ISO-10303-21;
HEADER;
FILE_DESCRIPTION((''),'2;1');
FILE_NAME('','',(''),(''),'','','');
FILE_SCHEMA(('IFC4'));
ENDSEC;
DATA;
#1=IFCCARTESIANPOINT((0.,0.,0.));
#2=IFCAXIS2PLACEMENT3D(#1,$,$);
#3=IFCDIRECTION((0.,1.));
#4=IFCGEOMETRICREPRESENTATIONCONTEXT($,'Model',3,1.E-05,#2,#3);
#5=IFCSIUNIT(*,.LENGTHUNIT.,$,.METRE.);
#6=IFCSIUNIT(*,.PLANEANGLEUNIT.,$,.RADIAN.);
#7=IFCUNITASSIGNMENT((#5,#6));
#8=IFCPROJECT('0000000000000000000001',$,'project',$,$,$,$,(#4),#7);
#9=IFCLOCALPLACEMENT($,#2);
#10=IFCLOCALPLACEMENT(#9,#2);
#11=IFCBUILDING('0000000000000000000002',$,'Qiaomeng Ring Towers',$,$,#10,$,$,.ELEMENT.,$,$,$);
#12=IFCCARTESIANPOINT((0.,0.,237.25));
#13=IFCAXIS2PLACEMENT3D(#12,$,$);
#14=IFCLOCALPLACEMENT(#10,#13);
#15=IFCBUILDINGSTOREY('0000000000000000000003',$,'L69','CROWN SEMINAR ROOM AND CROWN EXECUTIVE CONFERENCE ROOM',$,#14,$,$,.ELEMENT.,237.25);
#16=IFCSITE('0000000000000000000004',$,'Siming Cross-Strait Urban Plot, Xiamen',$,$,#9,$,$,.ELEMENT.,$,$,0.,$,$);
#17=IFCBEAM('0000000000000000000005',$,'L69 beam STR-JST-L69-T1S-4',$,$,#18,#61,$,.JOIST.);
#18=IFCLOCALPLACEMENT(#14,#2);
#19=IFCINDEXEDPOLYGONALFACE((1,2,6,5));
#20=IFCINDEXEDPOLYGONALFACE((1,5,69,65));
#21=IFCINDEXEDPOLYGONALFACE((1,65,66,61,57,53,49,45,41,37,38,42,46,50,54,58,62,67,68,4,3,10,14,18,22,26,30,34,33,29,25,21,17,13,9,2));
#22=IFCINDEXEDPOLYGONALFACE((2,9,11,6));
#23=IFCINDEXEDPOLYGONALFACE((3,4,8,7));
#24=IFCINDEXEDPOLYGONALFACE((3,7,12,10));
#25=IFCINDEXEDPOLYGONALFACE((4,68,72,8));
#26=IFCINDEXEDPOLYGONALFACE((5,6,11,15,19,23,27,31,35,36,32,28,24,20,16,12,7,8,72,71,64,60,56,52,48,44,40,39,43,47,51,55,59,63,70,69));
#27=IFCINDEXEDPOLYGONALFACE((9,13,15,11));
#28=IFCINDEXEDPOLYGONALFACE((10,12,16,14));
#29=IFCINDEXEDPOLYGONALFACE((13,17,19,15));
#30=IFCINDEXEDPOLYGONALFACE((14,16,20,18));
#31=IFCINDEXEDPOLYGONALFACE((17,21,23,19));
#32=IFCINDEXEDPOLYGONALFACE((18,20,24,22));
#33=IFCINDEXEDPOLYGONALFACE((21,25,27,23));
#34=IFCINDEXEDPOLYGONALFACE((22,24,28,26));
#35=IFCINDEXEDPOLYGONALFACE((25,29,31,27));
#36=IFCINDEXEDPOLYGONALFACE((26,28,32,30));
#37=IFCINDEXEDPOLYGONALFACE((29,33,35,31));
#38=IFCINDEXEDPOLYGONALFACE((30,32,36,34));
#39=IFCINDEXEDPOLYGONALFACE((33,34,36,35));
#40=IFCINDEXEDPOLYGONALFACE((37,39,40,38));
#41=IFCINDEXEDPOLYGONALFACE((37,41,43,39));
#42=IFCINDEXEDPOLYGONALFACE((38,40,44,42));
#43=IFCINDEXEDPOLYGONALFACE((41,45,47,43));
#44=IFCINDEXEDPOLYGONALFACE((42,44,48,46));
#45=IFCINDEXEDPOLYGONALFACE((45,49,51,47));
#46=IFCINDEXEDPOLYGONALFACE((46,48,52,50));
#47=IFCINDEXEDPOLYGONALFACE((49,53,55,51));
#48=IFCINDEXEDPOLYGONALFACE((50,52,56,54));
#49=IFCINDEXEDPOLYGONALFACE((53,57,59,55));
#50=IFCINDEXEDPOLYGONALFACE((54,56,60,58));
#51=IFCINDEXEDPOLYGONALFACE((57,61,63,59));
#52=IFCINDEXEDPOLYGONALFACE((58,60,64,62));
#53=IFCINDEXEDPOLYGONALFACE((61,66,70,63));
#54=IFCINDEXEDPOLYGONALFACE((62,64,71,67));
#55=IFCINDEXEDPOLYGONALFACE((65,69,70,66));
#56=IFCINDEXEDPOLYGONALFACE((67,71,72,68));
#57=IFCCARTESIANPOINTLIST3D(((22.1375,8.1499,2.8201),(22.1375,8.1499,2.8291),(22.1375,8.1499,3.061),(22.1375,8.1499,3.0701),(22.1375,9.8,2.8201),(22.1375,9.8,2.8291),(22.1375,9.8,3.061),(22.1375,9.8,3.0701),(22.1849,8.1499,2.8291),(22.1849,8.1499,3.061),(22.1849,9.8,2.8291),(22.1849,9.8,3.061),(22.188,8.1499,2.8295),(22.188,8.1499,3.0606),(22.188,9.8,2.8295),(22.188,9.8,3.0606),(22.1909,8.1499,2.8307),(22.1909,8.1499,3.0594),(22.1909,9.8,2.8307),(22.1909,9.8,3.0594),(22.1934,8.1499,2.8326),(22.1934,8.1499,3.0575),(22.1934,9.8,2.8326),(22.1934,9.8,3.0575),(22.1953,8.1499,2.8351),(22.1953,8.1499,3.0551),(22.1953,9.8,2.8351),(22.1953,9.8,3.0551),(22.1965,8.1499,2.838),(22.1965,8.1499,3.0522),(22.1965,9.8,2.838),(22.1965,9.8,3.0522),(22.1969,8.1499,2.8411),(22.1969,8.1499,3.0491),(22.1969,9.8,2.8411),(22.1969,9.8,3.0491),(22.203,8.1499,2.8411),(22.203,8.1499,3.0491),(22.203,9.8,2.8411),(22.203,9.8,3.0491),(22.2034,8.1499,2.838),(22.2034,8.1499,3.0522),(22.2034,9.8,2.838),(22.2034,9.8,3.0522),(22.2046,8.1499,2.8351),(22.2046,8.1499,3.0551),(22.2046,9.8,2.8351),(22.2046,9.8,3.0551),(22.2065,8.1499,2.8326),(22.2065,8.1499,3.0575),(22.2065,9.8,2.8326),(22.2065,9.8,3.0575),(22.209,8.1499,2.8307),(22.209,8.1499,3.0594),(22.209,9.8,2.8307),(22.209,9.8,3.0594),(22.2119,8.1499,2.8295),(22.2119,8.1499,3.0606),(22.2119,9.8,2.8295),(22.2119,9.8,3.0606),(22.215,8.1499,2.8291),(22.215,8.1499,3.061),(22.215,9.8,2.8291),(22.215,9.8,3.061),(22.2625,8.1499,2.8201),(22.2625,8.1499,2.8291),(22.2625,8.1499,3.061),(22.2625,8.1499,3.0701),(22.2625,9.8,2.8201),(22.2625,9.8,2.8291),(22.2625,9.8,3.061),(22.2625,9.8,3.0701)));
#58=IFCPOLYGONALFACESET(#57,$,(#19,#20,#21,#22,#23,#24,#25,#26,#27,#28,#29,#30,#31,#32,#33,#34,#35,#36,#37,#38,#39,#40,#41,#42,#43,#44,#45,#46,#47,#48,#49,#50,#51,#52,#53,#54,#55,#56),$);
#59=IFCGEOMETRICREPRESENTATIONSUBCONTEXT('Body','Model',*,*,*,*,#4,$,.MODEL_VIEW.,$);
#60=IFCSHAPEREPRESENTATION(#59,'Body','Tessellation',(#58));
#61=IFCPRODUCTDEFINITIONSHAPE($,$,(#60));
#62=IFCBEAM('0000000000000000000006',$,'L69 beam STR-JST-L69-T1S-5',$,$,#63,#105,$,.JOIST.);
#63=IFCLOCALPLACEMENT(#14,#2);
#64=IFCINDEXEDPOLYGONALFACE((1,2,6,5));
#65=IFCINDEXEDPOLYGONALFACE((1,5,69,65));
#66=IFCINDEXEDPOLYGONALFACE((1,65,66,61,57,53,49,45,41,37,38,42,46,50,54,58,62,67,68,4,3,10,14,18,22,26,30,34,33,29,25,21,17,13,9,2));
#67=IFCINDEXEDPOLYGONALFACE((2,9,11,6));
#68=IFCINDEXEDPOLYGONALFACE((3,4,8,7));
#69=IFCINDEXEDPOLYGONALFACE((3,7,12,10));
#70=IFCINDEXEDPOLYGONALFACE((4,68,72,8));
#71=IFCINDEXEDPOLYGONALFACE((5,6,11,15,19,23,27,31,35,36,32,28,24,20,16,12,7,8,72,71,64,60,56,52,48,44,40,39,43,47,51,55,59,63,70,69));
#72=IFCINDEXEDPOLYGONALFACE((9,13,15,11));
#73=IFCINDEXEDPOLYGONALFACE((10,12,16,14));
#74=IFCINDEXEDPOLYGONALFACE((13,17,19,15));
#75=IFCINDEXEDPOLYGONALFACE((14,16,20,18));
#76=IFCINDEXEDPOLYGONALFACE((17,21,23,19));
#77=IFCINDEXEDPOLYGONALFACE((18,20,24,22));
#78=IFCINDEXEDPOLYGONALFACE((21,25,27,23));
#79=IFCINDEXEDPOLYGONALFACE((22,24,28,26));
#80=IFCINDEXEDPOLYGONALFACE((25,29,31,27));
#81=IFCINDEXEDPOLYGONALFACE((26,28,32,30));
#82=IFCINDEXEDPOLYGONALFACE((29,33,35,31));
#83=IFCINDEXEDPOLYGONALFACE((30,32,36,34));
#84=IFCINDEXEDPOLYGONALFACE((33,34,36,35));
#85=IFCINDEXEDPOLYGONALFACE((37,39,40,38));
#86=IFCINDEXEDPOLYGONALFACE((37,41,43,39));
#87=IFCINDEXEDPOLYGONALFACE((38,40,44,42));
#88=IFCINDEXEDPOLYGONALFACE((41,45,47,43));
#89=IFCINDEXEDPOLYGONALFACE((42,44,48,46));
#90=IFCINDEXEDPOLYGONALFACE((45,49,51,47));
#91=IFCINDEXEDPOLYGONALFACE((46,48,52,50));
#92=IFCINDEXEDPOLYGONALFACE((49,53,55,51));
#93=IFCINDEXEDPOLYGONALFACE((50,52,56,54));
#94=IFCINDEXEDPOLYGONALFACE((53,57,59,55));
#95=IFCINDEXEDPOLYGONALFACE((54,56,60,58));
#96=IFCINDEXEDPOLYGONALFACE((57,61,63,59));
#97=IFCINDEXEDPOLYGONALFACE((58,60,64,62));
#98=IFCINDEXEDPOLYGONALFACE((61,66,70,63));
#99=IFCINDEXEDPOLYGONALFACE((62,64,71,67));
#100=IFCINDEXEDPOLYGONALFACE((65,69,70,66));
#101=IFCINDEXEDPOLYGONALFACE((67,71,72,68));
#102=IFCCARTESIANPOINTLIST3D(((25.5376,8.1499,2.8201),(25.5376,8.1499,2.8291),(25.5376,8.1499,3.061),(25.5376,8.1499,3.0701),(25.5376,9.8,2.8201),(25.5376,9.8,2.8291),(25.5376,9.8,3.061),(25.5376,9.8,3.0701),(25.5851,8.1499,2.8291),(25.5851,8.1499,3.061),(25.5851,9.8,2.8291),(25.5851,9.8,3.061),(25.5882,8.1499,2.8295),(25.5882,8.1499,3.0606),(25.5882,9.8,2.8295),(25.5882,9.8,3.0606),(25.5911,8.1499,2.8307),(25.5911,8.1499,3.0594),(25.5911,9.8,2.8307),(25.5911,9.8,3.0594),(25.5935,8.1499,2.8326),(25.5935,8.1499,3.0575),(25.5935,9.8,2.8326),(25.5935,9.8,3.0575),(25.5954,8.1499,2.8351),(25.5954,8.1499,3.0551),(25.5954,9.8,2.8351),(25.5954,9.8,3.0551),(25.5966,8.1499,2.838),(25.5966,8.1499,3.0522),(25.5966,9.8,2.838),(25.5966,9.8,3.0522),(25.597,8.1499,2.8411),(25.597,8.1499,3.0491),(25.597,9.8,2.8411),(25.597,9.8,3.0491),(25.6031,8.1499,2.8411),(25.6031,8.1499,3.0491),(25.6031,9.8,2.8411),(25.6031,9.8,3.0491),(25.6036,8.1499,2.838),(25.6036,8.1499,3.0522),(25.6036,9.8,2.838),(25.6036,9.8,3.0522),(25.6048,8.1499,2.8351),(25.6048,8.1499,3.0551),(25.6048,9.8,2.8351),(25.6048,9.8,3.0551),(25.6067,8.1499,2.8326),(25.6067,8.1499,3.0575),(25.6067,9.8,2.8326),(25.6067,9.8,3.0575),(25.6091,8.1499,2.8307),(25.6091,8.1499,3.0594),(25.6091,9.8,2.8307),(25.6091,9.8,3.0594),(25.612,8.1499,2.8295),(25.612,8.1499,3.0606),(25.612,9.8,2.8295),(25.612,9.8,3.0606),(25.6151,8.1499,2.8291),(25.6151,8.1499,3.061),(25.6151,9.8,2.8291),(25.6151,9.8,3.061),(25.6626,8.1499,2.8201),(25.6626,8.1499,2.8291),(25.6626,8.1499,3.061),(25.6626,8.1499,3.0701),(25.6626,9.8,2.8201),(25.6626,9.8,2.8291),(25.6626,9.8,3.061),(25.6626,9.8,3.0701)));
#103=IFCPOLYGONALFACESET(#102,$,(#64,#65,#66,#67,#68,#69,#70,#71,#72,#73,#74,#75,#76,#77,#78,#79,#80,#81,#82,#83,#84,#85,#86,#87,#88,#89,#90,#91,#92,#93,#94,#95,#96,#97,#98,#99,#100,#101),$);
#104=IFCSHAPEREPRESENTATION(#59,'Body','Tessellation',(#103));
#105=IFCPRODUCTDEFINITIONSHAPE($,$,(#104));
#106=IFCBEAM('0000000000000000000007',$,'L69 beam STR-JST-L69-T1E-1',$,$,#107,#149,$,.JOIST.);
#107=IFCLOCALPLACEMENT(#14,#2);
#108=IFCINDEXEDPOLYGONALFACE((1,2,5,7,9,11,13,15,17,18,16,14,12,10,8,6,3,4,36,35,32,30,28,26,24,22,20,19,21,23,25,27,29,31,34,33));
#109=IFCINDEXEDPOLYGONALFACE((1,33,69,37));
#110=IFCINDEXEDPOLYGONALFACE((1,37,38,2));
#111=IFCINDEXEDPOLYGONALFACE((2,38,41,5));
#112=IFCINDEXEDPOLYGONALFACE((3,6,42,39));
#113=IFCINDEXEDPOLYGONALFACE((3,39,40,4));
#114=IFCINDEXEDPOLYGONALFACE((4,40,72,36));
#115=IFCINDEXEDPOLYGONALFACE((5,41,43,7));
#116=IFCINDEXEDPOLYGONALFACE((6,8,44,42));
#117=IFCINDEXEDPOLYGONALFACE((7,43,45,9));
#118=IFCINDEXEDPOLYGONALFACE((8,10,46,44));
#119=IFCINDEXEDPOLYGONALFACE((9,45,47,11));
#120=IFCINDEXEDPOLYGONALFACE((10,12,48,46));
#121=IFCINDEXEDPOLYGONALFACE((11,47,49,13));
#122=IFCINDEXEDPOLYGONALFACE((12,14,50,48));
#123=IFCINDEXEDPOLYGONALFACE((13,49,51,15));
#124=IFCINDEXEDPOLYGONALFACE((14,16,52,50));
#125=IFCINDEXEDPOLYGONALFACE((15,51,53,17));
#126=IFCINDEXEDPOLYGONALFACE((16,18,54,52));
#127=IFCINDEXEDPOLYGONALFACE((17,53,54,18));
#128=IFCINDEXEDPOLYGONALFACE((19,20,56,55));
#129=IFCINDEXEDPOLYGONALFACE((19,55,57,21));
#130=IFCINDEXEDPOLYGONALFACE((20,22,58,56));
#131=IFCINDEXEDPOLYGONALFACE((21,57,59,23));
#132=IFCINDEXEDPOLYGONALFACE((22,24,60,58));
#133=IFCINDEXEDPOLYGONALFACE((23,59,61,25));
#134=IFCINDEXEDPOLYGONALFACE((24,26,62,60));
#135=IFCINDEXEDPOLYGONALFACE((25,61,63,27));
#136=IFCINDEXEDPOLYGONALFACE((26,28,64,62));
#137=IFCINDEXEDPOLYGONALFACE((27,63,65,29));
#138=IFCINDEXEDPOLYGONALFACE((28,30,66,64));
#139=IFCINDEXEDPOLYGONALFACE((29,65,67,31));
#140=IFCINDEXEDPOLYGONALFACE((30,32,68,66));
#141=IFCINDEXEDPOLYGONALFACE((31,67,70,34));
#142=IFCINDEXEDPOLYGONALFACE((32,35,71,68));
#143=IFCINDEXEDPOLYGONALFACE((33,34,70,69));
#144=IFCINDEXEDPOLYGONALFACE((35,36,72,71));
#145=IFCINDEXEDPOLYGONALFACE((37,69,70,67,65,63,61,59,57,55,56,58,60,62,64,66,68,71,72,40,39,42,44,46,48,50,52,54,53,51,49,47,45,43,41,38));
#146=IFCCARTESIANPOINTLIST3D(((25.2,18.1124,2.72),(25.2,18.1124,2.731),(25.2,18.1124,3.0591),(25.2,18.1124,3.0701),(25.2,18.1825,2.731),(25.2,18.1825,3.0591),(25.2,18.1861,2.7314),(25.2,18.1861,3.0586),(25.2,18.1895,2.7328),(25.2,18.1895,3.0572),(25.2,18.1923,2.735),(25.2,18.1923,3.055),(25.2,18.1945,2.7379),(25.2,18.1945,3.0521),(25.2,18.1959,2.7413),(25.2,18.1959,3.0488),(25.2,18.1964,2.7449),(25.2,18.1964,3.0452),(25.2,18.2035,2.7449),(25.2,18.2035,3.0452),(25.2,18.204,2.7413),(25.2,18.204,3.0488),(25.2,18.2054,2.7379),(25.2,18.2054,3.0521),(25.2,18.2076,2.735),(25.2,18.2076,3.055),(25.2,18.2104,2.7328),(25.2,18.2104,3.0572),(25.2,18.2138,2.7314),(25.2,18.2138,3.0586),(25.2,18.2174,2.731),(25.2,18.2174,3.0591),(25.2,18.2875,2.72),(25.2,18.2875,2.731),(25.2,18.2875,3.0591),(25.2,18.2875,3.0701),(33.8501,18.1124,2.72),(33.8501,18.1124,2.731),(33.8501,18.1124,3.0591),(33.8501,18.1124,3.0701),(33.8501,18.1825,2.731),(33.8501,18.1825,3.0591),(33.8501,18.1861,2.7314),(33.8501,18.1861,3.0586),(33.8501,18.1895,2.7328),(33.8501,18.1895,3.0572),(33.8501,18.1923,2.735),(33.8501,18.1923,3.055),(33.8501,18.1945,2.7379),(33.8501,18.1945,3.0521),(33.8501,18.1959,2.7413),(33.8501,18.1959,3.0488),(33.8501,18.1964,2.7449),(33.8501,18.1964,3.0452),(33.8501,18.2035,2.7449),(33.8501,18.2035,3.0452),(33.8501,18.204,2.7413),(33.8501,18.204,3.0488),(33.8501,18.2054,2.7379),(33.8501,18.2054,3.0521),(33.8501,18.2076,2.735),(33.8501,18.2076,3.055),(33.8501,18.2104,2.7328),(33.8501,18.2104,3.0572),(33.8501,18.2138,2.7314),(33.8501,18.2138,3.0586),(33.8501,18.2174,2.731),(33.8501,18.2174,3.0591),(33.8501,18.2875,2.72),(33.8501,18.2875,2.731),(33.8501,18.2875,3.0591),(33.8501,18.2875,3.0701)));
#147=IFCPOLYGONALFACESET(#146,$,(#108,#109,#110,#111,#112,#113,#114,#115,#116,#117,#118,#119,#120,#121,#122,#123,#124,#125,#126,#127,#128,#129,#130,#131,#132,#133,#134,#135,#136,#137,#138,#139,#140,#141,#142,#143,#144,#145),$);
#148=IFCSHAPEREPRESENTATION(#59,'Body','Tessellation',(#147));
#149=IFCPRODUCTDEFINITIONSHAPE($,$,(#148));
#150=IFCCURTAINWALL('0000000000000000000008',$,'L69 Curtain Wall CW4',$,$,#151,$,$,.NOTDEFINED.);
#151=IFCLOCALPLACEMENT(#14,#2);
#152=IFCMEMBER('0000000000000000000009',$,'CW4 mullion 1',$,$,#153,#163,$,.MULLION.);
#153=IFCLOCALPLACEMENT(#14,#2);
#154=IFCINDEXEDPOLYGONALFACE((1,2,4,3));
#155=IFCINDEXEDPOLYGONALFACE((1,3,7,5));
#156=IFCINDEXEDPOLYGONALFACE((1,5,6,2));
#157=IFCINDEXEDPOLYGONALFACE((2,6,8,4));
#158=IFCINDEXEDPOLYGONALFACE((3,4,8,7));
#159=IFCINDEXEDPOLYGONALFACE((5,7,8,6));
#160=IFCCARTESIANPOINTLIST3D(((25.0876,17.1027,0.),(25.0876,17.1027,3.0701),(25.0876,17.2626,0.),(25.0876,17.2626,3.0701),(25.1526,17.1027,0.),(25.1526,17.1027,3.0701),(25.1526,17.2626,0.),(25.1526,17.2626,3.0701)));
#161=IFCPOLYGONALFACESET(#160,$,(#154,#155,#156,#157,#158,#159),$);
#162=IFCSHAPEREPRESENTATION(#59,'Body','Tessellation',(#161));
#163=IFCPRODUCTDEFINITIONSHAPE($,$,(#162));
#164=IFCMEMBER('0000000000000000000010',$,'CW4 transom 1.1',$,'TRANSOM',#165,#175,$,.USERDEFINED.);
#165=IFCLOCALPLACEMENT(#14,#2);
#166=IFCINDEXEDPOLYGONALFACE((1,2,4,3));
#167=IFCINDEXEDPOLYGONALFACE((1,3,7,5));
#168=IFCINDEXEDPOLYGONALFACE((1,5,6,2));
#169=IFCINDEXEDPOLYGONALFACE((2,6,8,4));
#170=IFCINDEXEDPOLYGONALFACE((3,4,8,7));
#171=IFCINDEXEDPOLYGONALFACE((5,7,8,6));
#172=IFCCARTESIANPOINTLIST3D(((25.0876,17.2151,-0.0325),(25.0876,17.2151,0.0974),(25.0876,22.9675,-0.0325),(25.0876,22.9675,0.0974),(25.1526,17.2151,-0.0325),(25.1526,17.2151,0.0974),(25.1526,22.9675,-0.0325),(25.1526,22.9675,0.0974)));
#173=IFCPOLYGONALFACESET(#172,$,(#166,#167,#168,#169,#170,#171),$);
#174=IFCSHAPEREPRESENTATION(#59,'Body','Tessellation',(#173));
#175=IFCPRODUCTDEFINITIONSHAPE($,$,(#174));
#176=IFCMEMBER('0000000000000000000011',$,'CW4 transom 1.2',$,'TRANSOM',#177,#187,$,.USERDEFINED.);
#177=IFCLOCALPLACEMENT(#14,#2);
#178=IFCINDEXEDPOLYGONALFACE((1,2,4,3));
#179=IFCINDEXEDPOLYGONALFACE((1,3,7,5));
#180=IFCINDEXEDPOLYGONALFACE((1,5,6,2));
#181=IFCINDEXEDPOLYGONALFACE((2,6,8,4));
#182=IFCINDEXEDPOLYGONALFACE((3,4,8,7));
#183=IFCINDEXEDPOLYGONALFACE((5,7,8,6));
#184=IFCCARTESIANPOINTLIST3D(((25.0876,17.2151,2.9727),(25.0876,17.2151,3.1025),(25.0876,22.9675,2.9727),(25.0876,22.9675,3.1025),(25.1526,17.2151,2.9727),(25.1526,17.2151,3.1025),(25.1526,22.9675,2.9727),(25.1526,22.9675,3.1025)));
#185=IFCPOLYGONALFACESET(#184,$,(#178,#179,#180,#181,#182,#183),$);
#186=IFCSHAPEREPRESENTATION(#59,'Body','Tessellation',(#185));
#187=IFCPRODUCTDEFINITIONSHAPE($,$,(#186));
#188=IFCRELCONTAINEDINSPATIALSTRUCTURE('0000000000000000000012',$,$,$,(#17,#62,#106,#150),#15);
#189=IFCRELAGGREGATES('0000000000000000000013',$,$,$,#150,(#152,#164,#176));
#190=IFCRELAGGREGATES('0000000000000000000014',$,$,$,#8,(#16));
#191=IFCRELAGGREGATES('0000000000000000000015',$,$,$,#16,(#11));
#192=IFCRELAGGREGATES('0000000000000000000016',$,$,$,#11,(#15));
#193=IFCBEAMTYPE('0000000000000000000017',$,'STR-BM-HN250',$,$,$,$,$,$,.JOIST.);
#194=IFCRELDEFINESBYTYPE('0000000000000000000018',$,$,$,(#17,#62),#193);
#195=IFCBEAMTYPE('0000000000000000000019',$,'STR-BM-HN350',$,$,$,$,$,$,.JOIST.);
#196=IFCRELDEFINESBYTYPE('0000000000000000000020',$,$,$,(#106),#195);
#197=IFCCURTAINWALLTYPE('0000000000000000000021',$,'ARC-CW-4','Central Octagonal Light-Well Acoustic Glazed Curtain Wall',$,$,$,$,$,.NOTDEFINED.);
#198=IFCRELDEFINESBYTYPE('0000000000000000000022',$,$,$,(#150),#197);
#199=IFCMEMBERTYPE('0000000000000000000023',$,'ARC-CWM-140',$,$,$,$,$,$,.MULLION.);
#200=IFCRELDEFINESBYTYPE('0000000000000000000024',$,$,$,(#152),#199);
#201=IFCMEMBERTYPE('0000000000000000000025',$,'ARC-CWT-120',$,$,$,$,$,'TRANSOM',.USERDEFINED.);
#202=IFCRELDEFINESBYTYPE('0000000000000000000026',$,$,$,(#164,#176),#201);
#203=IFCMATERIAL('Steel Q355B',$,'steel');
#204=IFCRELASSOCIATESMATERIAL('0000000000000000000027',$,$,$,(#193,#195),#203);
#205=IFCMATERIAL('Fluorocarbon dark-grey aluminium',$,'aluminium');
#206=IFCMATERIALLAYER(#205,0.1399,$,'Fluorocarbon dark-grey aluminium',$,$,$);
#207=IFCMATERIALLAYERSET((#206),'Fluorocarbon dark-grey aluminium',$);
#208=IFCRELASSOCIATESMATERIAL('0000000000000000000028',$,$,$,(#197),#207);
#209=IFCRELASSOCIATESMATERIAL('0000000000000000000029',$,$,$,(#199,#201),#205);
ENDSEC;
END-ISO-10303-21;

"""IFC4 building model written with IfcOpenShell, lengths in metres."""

from ifc_helpers import new_model, si_unit, direction, frame, origin, origin_2d, place, context, subcontext, project, spatial, rectangle, i_section, extrude, source, transform, mapped, material, layer, layer_set, material_profile, profile_set, type_object, element, aggregate, save


model = new_model("IFC4")

# Units and contexts
model_context = context("Model", 3, precision=1e-05, world=origin(), true_north=direction((0.0, 1.0)))
body_context = subcontext(model_context, "Body", "Model", "MODEL_VIEW")
ifc_project = project(units=[si_unit("LENGTHUNIT", "METRE"), si_unit("PLANEANGLEUNIT", "RADIAN")], contexts=[model_context])

# Site, building, storey
site_placement = place(None, origin())
site = spatial("IfcSite", under=ifc_project, at=site_placement, Name="Siming Cross-Strait Urban Plot, Xiamen", CompositionType="ELEMENT", RefElevation=0.0)
building_placement = place(site_placement, origin())
building = spatial("IfcBuilding", under=site, at=building_placement, Name="Qiaomeng Ring Towers", CompositionType="ELEMENT")
storey_placement = place(building_placement, frame((0.0, 0.0, 237.25)))
storey = spatial("IfcBuildingStorey", under=building, at=storey_placement, Name="L69", Description="CROWN SEMINAR ROOM AND CROWN EXECUTIVE CONFERENCE ROOM", CompositionType="ELEMENT", Elevation=237.25)

# Beams
ifc_material_1 = material(Name="Steel Q355B", Category="steel")
ifc_material_profile_1 = material_profile(ifc_material_1, i_section(OverallWidth=0.125, OverallDepth=0.25, WebThickness=0.0061, FlangeThickness=0.009, FilletRadius=0.012, at=origin_2d()), Name="HN 250x125x6x9")
ifc_profile_set_1 = profile_set([ifc_material_profile_1], Name="Steel Q355B")
beam_type_1 = type_object("IfcBeamType", Name="STR-BM-HN250", PredefinedType="JOIST", material=ifc_profile_set_1)
shared_shape_1 = source(origin(), body_context, "Body", "SweptSolid", [
    extrude(i_section(OverallWidth=0.125, OverallDepth=0.25, WebThickness=0.0061, FlangeThickness=0.009, FilletRadius=0.012, at=origin_2d()), origin(), (0.0, 0.0, 1.0), 1.6501),
])
for number, where, z_axis, x_axis, name in (
    (1, (22.2, 8.1499, 2.9451), (0.0, 1.0, 0.0), (-1.0, 0.0, 0.0), "L69 beam STR-JST-L69-T1S-4"),
    (2, (25.6001, 8.1499, 2.9451), (0.0, 1.0, 0.0), (-1.0, 0.0, 0.0), "L69 beam STR-JST-L69-T1S-5"),
):
    element("IfcBeam", number, at=place(storey_placement, frame(where, z_axis=z_axis, x_axis=x_axis)), inside=storey, type_object=beam_type_1, Name=name, PredefinedType="JOIST", context=body_context, shape_type="MappedRepresentation", body=[
        mapped(shared_shape_1, transform((0.0, 0.0, 0.0), x_axis=(1.0, 0.0, 0.0), y_axis=(0.0, 1.0, 0.0), z_axis=(0.0, 0.0, 1.0), scale=1.0)),
    ])
ifc_material_profile_2 = material_profile(ifc_material_1, i_section(OverallWidth=0.175, OverallDepth=0.3501, WebThickness=0.0071, FlangeThickness=0.011, FilletRadius=0.0139, at=origin_2d()), Name="HN 350x175x7x11")
ifc_profile_set_2 = profile_set([ifc_material_profile_2], Name="Steel Q355B")
beam_type_2 = type_object("IfcBeamType", Name="STR-BM-HN350", PredefinedType="JOIST", material=ifc_profile_set_2)
shared_shape_2 = source(origin(), body_context, "Body", "SweptSolid", [
    extrude(i_section(OverallWidth=0.175, OverallDepth=0.3501, WebThickness=0.0071, FlangeThickness=0.011, FilletRadius=0.0139, at=origin_2d()), origin(), (0.0, 0.0, 1.0), 8.6501),
])
beam_1_placement = place(storey_placement, frame((25.2, 18.2, 2.895), z_axis=(1.0, 0.0, 0.0), x_axis=(0.0, 1.0, 0.0)))
element("IfcBeam", 3, at=beam_1_placement, inside=storey, type_object=beam_type_2, Name="L69 beam STR-JST-L69-T1E-1", PredefinedType="JOIST", context=body_context, shape_type="MappedRepresentation", body=[
    mapped(shared_shape_2, transform((0.0, 0.0, 0.0), x_axis=(1.0, 0.0, 0.0), y_axis=(0.0, 1.0, 0.0), z_axis=(0.0, 0.0, 1.0), scale=1.0)),
])

# Curtain wall, members
ifc_material_2 = material(Name="Fluorocarbon dark-grey aluminium", Category="aluminium")
ifc_layer_1 = layer(ifc_material_2, 0.1399, Name="Fluorocarbon dark-grey aluminium")
ifc_layer_set_1 = layer_set([ifc_layer_1], Name="Fluorocarbon dark-grey aluminium")
curtain_wall_type = type_object("IfcCurtainWallType", Name="ARC-CW-4", Description="Central Octagonal Light-Well Acoustic Glazed Curtain Wall", PredefinedType="NOTDEFINED", material=ifc_layer_set_1)
curtain_wall_placement = place(storey_placement, origin())
curtain_wall = element("IfcCurtainWall", 4, at=curtain_wall_placement, inside=storey, type_object=curtain_wall_type, Name="L69 Curtain Wall CW4", PredefinedType="NOTDEFINED")
ifc_material_profile_3 = material_profile(ifc_material_2, rectangle(XDim=0.0649, YDim=0.1599, at=origin_2d()), Name="ALU MULL 65x160")
ifc_profile_set_3 = profile_set([ifc_material_profile_3], Name="Fluorocarbon dark-grey aluminium")
member_type_1 = type_object("IfcMemberType", Name="ARC-CWM-140", PredefinedType="MULLION", material=ifc_profile_set_3)
shared_shape_3 = source(origin(), body_context, "Body", "SweptSolid", [
    extrude(rectangle(XDim=0.0649, YDim=0.1599, at=origin_2d()), origin(), (0.0, 0.0, 1.0), 3.0701),
])
member_1_placement = place(storey_placement, frame((25.1201, 17.1826, 0.0), z_axis=(0.0, 0.0, 1.0), x_axis=(-1.0, 0.0, 0.0)))
member_1 = element("IfcMember", 5, at=member_1_placement, type_object=member_type_1, Name="CW4 mullion 1", PredefinedType="MULLION", context=body_context, shape_type="MappedRepresentation", body=[
    mapped(shared_shape_3, transform((0.0, 0.0, 0.0), x_axis=(1.0, 0.0, 0.0), y_axis=(0.0, 1.0, 0.0), z_axis=(0.0, 0.0, 1.0), scale=1.0)),
])
ifc_material_profile_4 = material_profile(ifc_material_2, rectangle(XDim=0.0649, YDim=0.1299, at=origin_2d()), Name="ALU TRAN 65x130")
ifc_profile_set_4 = profile_set([ifc_material_profile_4], Name="Fluorocarbon dark-grey aluminium")
member_type_2 = type_object("IfcMemberType", Name="ARC-CWT-120", ElementType="TRANSOM", PredefinedType="USERDEFINED", material=ifc_profile_set_4)
shared_shape_4 = source(origin(), body_context, "Body", "SweptSolid", [
    extrude(rectangle(XDim=0.0649, YDim=0.1299, at=origin_2d()), origin(), (0.0, 0.0, 1.0), 5.7524),
])
member_2_placement = place(storey_placement, frame((25.1201, 17.2151, 0.0325), z_axis=(0.0, 1.0, 0.0), x_axis=(-1.0, 0.0, 0.0)))
member_2 = element("IfcMember", 6, at=member_2_placement, type_object=member_type_2, Name="CW4 transom 1.1", ObjectType="TRANSOM", PredefinedType="USERDEFINED", context=body_context, shape_type="MappedRepresentation", body=[
    mapped(shared_shape_4, transform((0.0, 0.0, 0.0), x_axis=(1.0, 0.0, 0.0), y_axis=(0.0, 1.0, 0.0), z_axis=(0.0, 0.0, 1.0), scale=1.0)),
])
member_3_placement = place(storey_placement, frame((25.1201, 17.2151, 3.0376), z_axis=(0.0, 1.0, 0.0), x_axis=(-1.0, 0.0, 0.0)))
member_3 = element("IfcMember", 7, at=member_3_placement, type_object=member_type_2, Name="CW4 transom 1.2", ObjectType="TRANSOM", PredefinedType="USERDEFINED", context=body_context, shape_type="MappedRepresentation", body=[
    mapped(shared_shape_4, transform((0.0, 0.0, 0.0), x_axis=(1.0, 0.0, 0.0), y_axis=(0.0, 1.0, 0.0), z_axis=(0.0, 0.0, 1.0), scale=1.0)),
])
aggregate(curtain_wall, [member_1, member_2, member_3])

save(model, "model.ifc")
